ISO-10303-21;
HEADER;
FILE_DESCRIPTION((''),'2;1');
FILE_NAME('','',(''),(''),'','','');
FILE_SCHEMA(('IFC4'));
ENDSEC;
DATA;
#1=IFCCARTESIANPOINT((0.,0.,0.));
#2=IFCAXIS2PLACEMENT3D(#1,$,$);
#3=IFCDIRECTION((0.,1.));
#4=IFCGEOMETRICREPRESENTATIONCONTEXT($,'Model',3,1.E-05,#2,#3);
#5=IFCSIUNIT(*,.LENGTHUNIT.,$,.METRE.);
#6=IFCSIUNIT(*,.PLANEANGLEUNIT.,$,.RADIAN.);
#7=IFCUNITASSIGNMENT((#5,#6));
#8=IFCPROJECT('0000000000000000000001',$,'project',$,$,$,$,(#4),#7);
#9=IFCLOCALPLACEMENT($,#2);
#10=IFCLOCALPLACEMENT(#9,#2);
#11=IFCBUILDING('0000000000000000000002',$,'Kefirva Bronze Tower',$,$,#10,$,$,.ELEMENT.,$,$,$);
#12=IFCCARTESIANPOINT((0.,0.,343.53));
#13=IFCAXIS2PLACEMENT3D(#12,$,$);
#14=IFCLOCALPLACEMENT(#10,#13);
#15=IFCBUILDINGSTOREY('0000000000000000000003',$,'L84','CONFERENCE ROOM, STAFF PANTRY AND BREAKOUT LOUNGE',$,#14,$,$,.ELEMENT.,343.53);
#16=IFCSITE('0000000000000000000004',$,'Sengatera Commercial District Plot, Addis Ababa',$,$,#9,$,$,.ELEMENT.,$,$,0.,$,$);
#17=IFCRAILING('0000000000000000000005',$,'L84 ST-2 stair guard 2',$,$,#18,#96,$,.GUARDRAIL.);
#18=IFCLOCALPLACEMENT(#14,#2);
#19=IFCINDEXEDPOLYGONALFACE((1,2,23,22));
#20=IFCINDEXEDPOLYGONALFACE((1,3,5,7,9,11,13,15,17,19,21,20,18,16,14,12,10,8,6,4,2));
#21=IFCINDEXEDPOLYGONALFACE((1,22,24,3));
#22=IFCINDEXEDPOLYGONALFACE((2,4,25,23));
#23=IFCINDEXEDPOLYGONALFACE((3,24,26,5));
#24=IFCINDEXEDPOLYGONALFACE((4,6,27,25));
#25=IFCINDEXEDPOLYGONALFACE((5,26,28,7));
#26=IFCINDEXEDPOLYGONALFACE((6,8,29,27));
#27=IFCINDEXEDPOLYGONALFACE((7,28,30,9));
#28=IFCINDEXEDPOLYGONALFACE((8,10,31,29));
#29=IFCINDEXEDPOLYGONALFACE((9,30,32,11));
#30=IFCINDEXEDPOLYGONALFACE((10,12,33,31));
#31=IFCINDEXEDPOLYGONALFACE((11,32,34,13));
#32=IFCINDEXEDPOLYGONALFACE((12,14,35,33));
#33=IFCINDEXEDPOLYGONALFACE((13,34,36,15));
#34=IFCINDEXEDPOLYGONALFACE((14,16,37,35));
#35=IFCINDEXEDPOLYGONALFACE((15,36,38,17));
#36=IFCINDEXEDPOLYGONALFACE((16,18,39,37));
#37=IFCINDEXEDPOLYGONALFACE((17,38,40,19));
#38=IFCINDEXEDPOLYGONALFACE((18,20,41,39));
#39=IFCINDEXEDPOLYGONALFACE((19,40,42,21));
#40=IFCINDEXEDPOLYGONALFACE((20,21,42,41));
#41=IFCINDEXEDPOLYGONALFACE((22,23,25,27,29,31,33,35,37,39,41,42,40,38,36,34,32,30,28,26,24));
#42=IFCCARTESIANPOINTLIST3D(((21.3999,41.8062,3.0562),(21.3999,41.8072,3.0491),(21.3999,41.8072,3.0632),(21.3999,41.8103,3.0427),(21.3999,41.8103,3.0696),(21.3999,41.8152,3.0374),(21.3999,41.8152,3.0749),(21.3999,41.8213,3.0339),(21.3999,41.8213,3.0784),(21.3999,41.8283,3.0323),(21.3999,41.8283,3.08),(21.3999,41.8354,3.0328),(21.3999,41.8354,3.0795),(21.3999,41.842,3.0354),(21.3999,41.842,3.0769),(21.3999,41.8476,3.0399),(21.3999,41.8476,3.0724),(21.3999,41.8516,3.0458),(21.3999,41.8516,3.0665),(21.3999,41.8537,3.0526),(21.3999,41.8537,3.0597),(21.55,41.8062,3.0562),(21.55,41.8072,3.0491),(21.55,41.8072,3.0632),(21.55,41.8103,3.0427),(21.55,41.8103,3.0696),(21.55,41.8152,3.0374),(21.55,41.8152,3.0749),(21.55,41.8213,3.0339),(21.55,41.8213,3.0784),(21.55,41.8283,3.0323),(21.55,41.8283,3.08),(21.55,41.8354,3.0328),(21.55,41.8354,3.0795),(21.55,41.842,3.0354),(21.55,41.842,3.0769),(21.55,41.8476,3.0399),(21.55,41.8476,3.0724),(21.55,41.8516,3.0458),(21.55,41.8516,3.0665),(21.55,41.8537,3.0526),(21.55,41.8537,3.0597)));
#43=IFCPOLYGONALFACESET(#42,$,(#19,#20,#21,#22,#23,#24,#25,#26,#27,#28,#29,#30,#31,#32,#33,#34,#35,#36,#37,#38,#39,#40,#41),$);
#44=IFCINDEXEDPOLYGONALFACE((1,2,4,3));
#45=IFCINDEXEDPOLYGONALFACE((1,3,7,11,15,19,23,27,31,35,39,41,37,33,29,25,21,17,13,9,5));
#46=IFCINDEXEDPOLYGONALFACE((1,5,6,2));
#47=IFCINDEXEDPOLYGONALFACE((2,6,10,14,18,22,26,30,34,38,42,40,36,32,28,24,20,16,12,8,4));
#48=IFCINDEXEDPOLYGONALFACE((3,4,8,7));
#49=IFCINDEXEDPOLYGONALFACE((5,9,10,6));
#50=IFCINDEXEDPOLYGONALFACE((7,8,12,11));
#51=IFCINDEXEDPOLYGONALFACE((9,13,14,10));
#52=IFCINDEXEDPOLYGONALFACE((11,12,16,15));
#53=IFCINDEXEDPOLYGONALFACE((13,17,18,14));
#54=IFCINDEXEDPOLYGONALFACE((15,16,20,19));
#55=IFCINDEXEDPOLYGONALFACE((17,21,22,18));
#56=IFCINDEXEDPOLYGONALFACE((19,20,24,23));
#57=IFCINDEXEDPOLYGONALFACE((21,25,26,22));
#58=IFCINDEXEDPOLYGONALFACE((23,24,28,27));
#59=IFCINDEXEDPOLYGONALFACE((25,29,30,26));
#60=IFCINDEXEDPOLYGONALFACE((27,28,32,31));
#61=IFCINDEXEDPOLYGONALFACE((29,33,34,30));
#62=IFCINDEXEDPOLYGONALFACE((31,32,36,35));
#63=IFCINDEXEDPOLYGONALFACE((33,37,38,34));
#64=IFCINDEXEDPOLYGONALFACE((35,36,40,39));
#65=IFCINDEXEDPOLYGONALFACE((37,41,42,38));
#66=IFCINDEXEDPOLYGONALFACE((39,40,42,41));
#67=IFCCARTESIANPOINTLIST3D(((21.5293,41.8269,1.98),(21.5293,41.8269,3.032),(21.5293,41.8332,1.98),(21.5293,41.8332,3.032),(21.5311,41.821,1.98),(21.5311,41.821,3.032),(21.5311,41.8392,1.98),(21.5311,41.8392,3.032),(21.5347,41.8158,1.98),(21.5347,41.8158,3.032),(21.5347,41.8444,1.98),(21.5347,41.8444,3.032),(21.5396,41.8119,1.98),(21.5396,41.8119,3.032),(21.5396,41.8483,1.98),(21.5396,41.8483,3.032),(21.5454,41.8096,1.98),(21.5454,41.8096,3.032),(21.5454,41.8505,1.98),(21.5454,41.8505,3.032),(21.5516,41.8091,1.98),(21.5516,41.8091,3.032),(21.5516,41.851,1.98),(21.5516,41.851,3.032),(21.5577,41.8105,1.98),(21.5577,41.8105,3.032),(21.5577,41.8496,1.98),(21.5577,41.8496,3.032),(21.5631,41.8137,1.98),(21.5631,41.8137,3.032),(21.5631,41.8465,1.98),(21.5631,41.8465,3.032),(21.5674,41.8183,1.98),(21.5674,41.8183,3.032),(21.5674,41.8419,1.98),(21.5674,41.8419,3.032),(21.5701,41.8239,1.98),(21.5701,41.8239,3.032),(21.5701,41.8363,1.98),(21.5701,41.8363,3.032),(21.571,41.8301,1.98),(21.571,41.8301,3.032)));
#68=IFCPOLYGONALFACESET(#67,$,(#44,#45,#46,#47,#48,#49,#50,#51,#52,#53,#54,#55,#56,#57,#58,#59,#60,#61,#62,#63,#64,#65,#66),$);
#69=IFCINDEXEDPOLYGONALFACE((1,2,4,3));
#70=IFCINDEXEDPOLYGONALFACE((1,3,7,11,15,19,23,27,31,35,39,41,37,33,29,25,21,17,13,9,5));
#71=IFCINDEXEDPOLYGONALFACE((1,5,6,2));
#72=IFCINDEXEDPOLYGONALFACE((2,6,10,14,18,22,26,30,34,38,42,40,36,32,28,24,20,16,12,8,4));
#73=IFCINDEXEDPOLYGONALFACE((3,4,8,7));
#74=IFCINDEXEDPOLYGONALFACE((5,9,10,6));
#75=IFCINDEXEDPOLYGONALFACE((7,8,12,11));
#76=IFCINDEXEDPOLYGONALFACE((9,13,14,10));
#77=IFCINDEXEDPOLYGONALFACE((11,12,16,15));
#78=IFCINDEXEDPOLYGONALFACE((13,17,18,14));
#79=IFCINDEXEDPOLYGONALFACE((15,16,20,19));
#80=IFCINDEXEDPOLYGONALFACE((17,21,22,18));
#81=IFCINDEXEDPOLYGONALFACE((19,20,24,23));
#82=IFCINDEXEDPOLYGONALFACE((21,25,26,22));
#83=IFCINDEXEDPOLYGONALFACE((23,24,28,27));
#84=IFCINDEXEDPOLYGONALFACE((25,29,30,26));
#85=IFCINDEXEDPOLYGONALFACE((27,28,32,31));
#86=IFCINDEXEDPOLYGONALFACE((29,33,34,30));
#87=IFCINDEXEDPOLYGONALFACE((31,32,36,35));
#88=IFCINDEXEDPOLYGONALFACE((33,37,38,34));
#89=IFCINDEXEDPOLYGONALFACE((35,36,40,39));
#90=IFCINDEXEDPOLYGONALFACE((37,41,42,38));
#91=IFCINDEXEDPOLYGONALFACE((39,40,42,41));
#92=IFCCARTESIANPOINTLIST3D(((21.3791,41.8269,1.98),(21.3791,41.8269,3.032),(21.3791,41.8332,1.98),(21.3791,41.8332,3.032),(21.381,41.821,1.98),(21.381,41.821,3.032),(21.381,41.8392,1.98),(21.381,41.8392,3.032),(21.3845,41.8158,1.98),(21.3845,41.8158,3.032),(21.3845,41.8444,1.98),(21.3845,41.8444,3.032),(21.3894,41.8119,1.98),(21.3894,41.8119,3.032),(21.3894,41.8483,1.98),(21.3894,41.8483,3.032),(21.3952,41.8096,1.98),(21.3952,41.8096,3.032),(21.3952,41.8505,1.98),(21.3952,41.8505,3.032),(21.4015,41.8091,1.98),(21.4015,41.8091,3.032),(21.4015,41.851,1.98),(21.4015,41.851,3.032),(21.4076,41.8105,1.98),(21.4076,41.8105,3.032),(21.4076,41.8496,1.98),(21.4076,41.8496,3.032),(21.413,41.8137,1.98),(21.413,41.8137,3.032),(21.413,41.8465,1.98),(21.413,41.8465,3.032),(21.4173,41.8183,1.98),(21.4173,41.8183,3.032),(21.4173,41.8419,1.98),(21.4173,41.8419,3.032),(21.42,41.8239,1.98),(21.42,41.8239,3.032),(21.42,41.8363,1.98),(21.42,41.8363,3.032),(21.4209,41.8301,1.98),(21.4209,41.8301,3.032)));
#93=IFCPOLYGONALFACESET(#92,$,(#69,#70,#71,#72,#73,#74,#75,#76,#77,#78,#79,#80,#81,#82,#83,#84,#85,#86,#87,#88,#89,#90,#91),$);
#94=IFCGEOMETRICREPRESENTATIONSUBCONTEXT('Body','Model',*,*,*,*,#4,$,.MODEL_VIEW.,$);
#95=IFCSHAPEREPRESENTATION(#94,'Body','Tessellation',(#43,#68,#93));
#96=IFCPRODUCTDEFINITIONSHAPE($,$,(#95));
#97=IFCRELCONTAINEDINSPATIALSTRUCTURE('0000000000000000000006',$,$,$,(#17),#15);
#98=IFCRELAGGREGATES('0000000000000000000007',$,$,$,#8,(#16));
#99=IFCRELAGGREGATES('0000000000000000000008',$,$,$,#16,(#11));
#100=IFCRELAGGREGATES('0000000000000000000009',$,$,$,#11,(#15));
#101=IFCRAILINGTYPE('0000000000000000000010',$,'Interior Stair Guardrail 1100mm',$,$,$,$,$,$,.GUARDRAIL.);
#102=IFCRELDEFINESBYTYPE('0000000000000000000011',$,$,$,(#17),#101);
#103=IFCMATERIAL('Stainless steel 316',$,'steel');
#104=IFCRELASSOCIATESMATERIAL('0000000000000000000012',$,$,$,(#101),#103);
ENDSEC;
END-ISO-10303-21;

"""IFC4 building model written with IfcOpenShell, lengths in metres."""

from ifc_helpers import new_model, si_unit, direction, frame, origin, origin_2d, place, context, subcontext, project, spatial, circle, extrude, material, type_object, element, save


model = new_model("IFC4")

# Units and contexts
model_context = context("Model", 3, precision=1e-05, world=origin(), true_north=direction((0.0, 1.0)))
body_context = subcontext(model_context, "Body", "Model", "MODEL_VIEW")
ifc_project = project(units=[si_unit("LENGTHUNIT", "METRE"), si_unit("PLANEANGLEUNIT", "RADIAN")], contexts=[model_context])

# Site, building, storey
site_placement = place(None, origin())
site = spatial("IfcSite", under=ifc_project, at=site_placement, Name="Sengatera Commercial District Plot, Addis Ababa", CompositionType="ELEMENT", RefElevation=0.0)
building_placement = place(site_placement, origin())
building = spatial("IfcBuilding", under=site, at=building_placement, Name="Kefirva Bronze Tower", CompositionType="ELEMENT")
storey_placement = place(building_placement, frame((0.0, 0.0, 343.53)))
storey = spatial("IfcBuildingStorey", under=building, at=storey_placement, Name="L84", Description="CONFERENCE ROOM, STAFF PANTRY AND BREAKOUT LOUNGE", CompositionType="ELEMENT", Elevation=343.53)

# Railing
ifc_material_1 = material(Name="Stainless steel 316", Category="steel")
railing_type_1 = type_object("IfcRailingType", Name="Interior Stair Guardrail 1100mm", PredefinedType="GUARDRAIL", material=ifc_material_1)
railing_1_placement = place(storey_placement, frame((21.55, 41.8301, 1.98)))
element("IfcRailing", 1, at=railing_1_placement, inside=storey, type_object=railing_type_1, Name="L84 ST-2 stair guard 2", PredefinedType="GUARDRAIL", context=body_context, shape_type="SweptSolid", body=[
    extrude(circle(Radius=0.0239, at=origin_2d()), frame((0.0, 0.0, 1.0762), z_axis=(-1.0, 0.0, 0.0), x_axis=(0.0, -1.0, 0.0)), (0.0, 0.0, 1.0), 0.1501),
    extrude(circle(Radius=0.021, at=origin_2d()), origin(), (0.0, 0.0, 1.0), 1.052),
    extrude(circle(Radius=0.021, at=origin_2d()), frame((-0.1501, 0.0, 0.0)), (0.0, 0.0, 1.0), 1.052),
])

save(model, "model.ifc")
